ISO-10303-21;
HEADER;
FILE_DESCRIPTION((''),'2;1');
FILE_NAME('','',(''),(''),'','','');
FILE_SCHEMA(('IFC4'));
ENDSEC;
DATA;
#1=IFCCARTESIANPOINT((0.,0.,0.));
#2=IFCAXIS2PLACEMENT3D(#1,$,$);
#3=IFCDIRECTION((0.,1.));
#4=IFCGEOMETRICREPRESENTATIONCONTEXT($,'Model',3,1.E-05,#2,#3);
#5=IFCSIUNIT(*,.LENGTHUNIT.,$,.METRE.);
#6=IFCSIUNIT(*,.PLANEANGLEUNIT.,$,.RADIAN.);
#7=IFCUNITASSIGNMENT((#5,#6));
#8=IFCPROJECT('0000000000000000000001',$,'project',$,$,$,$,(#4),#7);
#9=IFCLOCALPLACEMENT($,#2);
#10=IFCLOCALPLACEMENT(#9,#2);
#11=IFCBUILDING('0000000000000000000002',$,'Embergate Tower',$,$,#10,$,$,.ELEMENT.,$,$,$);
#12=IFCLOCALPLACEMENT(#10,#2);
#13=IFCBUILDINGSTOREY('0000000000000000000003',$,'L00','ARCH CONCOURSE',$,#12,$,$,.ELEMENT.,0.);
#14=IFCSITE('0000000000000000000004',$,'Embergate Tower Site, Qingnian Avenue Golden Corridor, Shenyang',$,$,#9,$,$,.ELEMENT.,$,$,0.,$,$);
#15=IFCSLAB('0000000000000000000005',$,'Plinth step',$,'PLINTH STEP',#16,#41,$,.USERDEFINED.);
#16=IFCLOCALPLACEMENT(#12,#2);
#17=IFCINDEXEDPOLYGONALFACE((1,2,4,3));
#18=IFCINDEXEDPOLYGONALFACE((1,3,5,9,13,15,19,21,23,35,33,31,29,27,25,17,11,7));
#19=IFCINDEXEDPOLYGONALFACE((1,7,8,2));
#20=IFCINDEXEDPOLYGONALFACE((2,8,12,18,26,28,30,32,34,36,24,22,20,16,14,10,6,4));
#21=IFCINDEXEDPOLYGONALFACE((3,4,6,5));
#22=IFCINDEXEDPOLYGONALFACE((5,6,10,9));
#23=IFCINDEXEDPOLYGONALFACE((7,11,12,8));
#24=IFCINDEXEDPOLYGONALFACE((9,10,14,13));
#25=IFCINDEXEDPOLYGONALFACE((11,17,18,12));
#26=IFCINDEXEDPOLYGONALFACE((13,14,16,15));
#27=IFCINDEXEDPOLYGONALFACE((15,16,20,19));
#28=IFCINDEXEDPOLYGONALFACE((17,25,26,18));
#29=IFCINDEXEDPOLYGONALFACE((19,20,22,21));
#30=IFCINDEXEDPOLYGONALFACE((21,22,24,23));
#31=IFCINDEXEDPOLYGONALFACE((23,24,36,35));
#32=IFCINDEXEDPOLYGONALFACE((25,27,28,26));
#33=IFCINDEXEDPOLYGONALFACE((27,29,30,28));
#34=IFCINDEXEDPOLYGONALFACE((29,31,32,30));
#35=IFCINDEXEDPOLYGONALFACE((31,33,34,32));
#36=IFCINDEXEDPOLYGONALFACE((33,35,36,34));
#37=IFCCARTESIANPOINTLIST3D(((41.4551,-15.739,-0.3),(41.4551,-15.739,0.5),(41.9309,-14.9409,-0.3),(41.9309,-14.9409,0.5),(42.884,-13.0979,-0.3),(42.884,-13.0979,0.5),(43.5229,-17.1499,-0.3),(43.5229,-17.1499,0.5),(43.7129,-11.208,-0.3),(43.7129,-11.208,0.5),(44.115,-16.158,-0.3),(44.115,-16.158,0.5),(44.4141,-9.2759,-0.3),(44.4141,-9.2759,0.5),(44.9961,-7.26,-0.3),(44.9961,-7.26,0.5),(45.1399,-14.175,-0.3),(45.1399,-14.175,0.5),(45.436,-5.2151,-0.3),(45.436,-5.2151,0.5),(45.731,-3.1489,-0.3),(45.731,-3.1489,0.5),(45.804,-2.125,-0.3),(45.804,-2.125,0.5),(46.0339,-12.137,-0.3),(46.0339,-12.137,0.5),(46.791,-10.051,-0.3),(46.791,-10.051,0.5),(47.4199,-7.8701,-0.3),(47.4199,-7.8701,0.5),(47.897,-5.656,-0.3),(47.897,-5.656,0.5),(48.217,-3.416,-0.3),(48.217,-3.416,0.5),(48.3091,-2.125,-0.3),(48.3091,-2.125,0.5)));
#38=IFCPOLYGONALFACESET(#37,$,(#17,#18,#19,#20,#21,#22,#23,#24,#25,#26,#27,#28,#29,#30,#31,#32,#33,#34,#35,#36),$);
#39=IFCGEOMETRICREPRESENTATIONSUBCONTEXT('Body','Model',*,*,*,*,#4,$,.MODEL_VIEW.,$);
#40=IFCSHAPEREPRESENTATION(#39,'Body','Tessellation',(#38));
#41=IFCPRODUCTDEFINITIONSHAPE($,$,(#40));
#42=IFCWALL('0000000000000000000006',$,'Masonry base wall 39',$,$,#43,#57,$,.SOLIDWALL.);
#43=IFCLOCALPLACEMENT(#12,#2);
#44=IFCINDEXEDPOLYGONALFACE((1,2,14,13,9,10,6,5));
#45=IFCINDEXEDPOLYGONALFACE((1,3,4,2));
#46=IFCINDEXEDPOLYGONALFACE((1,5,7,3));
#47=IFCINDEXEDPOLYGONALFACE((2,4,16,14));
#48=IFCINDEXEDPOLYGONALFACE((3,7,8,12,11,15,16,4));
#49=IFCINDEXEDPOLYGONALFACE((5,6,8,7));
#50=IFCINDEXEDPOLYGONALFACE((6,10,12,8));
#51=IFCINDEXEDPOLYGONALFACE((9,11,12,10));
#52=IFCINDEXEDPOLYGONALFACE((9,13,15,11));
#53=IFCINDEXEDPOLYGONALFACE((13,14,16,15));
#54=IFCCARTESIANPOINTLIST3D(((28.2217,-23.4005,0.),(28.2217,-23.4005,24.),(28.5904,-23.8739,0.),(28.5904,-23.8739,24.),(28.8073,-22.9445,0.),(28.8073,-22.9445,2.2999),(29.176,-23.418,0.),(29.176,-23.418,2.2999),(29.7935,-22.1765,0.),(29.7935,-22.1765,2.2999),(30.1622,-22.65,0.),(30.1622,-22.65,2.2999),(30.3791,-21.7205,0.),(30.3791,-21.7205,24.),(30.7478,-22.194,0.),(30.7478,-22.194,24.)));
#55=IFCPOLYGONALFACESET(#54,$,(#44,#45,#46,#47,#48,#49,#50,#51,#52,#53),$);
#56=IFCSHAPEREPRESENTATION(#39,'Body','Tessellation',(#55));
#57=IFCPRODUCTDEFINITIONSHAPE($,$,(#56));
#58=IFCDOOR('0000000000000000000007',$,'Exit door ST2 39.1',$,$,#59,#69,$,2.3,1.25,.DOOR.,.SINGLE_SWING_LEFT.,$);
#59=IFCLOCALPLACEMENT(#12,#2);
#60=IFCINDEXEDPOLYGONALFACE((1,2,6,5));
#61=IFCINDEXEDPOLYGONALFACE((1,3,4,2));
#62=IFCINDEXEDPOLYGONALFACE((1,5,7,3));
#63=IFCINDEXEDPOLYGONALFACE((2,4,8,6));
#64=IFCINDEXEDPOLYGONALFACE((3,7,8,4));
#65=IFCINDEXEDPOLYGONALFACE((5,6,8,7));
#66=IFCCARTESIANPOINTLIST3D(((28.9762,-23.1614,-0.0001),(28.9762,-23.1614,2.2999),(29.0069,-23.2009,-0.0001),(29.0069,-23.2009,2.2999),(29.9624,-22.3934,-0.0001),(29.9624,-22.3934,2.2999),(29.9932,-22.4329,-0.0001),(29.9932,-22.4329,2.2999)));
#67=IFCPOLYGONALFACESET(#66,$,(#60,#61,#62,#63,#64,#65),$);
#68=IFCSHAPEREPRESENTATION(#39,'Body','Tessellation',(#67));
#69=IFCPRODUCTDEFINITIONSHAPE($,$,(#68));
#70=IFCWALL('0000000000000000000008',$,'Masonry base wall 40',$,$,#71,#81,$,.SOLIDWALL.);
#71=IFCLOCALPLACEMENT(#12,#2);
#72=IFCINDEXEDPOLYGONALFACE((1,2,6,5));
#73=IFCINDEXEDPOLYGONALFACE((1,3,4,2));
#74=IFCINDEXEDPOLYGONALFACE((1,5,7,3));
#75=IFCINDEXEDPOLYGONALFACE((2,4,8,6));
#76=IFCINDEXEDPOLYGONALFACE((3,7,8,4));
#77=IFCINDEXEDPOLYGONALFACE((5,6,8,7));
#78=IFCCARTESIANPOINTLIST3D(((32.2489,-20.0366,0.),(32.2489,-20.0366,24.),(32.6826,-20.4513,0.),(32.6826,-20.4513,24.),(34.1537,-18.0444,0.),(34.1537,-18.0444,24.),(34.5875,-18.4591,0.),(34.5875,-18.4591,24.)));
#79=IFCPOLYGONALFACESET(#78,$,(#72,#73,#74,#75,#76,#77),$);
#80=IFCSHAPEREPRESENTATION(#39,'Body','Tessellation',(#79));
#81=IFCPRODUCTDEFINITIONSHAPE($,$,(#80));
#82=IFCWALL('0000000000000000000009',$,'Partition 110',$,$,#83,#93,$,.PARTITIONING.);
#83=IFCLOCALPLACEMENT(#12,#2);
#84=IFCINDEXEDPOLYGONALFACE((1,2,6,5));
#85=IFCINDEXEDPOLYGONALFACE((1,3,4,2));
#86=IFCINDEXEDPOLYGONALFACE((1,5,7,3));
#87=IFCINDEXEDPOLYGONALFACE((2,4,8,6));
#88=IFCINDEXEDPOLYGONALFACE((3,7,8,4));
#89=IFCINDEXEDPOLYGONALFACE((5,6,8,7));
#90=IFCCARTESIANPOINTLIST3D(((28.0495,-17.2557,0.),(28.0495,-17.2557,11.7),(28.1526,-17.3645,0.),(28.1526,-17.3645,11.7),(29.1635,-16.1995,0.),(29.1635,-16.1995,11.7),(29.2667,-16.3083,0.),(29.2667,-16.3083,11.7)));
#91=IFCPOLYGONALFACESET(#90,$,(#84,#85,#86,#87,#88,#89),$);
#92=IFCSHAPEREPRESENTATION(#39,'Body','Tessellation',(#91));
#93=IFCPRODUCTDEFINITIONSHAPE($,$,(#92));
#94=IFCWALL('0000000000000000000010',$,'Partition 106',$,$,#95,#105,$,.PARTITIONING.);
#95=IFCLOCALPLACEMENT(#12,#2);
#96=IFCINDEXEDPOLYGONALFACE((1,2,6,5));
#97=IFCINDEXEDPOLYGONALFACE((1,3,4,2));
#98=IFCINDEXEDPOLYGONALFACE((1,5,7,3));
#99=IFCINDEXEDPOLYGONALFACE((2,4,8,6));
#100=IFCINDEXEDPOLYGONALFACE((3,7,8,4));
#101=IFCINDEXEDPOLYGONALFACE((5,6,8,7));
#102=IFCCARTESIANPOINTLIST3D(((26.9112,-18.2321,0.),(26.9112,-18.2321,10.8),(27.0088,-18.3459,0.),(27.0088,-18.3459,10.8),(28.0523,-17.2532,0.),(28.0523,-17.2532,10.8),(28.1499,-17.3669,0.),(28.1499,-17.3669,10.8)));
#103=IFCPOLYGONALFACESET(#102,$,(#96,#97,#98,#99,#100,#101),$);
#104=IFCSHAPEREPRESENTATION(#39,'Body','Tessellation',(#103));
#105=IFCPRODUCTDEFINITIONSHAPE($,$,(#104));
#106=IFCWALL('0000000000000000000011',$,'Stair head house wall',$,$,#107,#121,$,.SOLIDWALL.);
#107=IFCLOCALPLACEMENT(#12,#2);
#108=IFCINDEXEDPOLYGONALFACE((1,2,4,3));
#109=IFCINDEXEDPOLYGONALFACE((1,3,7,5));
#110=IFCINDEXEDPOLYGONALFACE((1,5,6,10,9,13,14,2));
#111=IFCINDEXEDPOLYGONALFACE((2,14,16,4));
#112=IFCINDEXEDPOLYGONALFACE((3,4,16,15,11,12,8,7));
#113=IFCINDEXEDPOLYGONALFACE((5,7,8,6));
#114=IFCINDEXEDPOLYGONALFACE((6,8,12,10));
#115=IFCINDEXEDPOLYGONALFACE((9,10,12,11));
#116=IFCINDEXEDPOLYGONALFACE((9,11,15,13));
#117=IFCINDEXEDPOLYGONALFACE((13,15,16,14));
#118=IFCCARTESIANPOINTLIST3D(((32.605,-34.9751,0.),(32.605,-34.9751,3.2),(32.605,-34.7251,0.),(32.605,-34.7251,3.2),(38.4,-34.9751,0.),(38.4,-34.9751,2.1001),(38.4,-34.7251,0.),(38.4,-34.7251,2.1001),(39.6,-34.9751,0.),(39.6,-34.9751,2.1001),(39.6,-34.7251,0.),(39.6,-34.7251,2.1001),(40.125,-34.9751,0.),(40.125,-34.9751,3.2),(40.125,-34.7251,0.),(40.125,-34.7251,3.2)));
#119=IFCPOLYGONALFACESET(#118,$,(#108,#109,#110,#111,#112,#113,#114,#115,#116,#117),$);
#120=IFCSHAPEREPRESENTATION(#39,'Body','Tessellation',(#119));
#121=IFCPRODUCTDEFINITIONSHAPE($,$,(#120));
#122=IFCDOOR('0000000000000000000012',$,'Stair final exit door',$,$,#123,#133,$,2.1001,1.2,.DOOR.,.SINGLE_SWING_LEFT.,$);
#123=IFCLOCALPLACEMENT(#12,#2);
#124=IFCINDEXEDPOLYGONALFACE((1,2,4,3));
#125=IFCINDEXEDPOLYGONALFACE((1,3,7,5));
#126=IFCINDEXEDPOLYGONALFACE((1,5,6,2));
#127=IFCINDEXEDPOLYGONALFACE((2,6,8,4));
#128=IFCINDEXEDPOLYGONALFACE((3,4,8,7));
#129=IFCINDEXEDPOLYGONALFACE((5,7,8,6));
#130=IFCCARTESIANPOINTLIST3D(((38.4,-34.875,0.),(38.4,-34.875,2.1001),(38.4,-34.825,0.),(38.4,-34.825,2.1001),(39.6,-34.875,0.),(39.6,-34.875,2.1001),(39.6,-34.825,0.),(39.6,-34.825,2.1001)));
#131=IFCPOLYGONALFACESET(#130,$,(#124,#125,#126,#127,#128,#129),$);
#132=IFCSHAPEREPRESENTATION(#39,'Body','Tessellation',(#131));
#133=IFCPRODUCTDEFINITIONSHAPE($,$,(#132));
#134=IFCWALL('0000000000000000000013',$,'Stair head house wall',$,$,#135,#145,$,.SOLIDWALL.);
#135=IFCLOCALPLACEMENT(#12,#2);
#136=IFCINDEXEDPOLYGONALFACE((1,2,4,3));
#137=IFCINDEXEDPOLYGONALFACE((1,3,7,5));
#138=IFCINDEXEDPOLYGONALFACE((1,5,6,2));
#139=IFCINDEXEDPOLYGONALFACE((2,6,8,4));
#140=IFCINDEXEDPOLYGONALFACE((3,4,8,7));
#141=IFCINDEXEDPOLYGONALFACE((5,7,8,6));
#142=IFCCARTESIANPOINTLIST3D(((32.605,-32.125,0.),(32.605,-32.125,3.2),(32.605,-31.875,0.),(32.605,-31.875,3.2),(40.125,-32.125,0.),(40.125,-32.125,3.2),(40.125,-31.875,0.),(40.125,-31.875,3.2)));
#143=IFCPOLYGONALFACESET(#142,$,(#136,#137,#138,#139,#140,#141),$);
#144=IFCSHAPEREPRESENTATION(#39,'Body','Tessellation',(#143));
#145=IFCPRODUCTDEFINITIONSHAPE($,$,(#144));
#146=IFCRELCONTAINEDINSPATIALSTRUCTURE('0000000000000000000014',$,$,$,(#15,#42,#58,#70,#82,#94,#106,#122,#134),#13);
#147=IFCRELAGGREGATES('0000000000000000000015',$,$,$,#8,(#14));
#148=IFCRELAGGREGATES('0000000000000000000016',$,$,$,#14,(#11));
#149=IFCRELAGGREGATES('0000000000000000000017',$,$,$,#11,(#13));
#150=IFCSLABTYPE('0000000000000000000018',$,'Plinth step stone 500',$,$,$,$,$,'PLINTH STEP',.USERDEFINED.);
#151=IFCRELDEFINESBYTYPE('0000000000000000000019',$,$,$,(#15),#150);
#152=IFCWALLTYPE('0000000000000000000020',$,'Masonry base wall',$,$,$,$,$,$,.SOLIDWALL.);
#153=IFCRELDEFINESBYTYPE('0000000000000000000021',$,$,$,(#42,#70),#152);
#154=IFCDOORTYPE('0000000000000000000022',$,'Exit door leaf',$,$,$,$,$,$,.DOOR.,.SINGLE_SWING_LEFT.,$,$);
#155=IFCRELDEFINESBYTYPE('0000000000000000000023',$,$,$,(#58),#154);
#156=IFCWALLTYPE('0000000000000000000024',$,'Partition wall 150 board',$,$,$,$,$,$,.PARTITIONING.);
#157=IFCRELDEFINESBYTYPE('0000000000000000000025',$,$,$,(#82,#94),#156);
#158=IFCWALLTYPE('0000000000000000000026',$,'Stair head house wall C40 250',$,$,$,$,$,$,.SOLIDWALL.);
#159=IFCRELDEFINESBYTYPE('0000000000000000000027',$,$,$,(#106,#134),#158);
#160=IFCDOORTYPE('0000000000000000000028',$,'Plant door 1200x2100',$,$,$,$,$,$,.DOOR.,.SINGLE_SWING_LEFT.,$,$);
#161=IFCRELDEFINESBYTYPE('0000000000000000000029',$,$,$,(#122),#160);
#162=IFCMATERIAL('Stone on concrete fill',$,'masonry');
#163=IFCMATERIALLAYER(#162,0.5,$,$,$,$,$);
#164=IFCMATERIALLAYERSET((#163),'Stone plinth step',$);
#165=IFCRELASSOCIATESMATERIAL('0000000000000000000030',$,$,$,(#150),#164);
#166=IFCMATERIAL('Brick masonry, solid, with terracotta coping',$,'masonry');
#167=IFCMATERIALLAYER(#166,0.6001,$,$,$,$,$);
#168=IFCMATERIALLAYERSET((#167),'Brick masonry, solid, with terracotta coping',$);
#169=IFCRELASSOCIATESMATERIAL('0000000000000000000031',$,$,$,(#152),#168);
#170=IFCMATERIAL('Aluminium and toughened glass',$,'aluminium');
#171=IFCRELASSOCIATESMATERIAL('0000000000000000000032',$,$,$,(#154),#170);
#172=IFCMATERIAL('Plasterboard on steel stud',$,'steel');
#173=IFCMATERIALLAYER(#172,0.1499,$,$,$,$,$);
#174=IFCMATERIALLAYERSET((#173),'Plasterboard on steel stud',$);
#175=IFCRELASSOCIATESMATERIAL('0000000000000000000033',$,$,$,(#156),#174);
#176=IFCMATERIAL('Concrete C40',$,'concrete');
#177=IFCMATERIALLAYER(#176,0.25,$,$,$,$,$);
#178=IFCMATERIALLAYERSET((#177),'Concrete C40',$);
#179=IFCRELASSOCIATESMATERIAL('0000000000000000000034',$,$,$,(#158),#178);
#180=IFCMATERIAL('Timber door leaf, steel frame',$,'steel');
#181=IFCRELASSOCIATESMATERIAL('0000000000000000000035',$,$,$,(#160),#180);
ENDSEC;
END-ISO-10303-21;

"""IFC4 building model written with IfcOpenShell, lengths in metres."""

from ifc_helpers import new_model, si_unit, direction, frame, frame_2d, origin, place, context, subcontext, project, spatial, polyline, rectangle, outline, extrude, source, transform, mapped, material, layer, layer_set, type_object, element, fill, save


model = new_model("IFC4")

# Units and contexts
model_context = context("Model", 3, precision=1e-05, world=origin(), true_north=direction((0.0, 1.0)))
body_context = subcontext(model_context, "Body", "Model", "MODEL_VIEW")
ifc_project = project(units=[si_unit("LENGTHUNIT", "METRE"), si_unit("PLANEANGLEUNIT", "RADIAN")], contexts=[model_context])

# Site, building, storey
site_placement = place(None, origin())
site = spatial("IfcSite", under=ifc_project, at=site_placement, Name="Embergate Tower Site, Qingnian Avenue Golden Corridor, Shenyang", CompositionType="ELEMENT", RefElevation=0.0)
building_placement = place(site_placement, origin())
building = spatial("IfcBuilding", under=site, at=building_placement, Name="Embergate Tower", CompositionType="ELEMENT")
storey_placement = place(building_placement, origin())
storey = spatial("IfcBuildingStorey", under=building, at=storey_placement, Name="L00", Description="ARCH CONCOURSE", CompositionType="ELEMENT", Elevation=0.0)

# Slab
ifc_material_1 = material(Name="Concrete C40", Category="concrete")
ifc_material_2 = material(Name="Stone on concrete fill", Category="masonry")
ifc_layer_1 = layer(ifc_material_2, 0.5)
ifc_layer_set_1 = layer_set([ifc_layer_1], Name="Stone plinth step")
slab_type_1 = type_object("IfcSlabType", Name="Plinth step stone 500", ElementType="PLINTH STEP", PredefinedType="USERDEFINED", material=ifc_layer_set_1)
shared_shape_1 = source(origin(), body_context, "Body", "SweptSolid", [
    extrude(outline(polyline([(0.0, 0.0), (-2.0679, 1.4109), (-1.592, 2.209), (-0.6389, 4.052), (0.1899, 5.9419), (0.8911, 7.874), (1.4731, 9.8899), (1.9131, 11.9348), (2.208, 14.001), (2.281, 15.0249), (4.7861, 15.0249), (4.6941, 13.7339), (4.374, 11.4939), (3.897, 9.2798), (3.2681, 7.0989), (2.511, 5.0129), (1.6169, 2.9749), (0.592, 0.9919), (0.0, 0.0)])), origin(), (0.0, 0.0, 1.0), 0.8),
])
slab_1_placement = place(storey_placement, frame((43.5229, -17.1499, -0.3)))
element("IfcSlab", 1, at=slab_1_placement, inside=storey, type_object=slab_type_1, Name="Plinth step", ObjectType="PLINTH STEP", PredefinedType="USERDEFINED", context=body_context, shape_type="MappedRepresentation", body=[
    mapped(shared_shape_1, transform((0.0, 0.0, 0.0))),
])

# Wall, opening, door
ifc_material_3 = material(Name="Brick masonry, solid, with terracotta coping", Category="masonry")
ifc_layer_2 = layer(ifc_material_3, 0.6001)
ifc_layer_set_2 = layer_set([ifc_layer_2], Name="Brick masonry, solid, with terracotta coping")
wall_type_1 = type_object("IfcWallType", Name="Masonry base wall", PredefinedType="SOLIDWALL", material=ifc_layer_set_2)
shared_shape_2 = source(origin(), body_context, "Body", "SweptSolid", [
    extrude(rectangle(XDim=2.7344, YDim=0.6001, at=frame_2d((1.3672, 0.0))), origin(), (0.0, 0.0, 1.0), 24.0),
])
wall_1_placement = place(storey_placement, frame((30.5635, -21.9573, 0.0), z_axis=(0.0, 0.0, 1.0), x_axis=(-0.789016, -0.614373, 0.0)))
wall_1 = element("IfcWall", 2, at=wall_1_placement, inside=storey, type_object=wall_type_1, Name="Masonry base wall 39", PredefinedType="SOLIDWALL", context=body_context, shape_type="MappedRepresentation", body=[
    mapped(shared_shape_2, transform((0.0, 0.0, 0.0))),
])
shared_shape_3 = source(origin(), body_context, "Body", "SweptSolid", [
    extrude(rectangle(XDim=1.25, YDim=2.3, at=frame_2d((0.625, 1.1499))), frame((0.0, 0.3101, 0.0), z_axis=(0.0, -1.0, 0.0), x_axis=(1.0, 0.0, 0.0)), (0.0, 0.0, 1.0), 0.6201),
])
opening_1_placement = place(wall_1_placement, frame((0.7422, 0.0, 0.0)))
opening_1 = element("IfcOpeningElement", 3, at=opening_1_placement, cuts=wall_1, PredefinedType="OPENING", context=body_context, shape_type="MappedRepresentation", body=[
    mapped(shared_shape_3, transform((0.0, 0.0, 0.0))),
])
ifc_material_4 = material(Name="Aluminium and toughened glass", Category="aluminium")
door_type_1 = type_object("IfcDoorType", Name="Exit door leaf", OperationType="SINGLE_SWING_LEFT", PredefinedType="DOOR", material=ifc_material_4)
shared_shape_4 = source(origin(), body_context, "Body", "SweptSolid", [
    extrude(rectangle(XDim=1.25, YDim=2.3, at=frame_2d((0.625, 1.1499))), frame((0.0, 0.0249, 0.0), z_axis=(0.0, -1.0, 0.0), x_axis=(1.0, 0.0, 0.0)), (0.0, 0.0, 1.0), 0.05),
])
door_1_placement = place(opening_1_placement, origin())
door_1 = element("IfcDoor", 4, at=door_1_placement, inside=storey, type_object=door_type_1, Name="Exit door ST2 39.1", OperationType="SINGLE_SWING_LEFT", OverallHeight=2.3, OverallWidth=1.25, PredefinedType="DOOR", context=body_context, shape_type="MappedRepresentation", body=[
    mapped(shared_shape_4, transform((0.0, 0.0, 0.0))),
])
fill(opening_1, door_1)

# Walls
shared_shape_5 = source(origin(), body_context, "Body", "SweptSolid", [
    extrude(rectangle(XDim=2.7563, YDim=0.6001, at=frame_2d((1.3782, 0.0))), origin(), (0.0, 0.0, 1.0), 24.0),
])
wall_2_placement = place(storey_placement, frame((34.3706, -18.2517, 0.0), z_axis=(0.0, 0.0, 1.0), x_axis=(-0.691074, -0.722784, 0.0)))
element("IfcWall", 5, at=wall_2_placement, inside=storey, type_object=wall_type_1, Name="Masonry base wall 40", PredefinedType="SOLIDWALL", context=body_context, shape_type="MappedRepresentation", body=[
    mapped(shared_shape_5, transform((0.0, 0.0, 0.0))),
])
ifc_material_5 = material(Name="Plasterboard on steel stud", Category="steel")
ifc_layer_3 = layer(ifc_material_5, 0.1499)
ifc_layer_set_3 = layer_set([ifc_layer_3], Name="Plasterboard on steel stud")
wall_type_2 = type_object("IfcWallType", Name="Partition wall 150 board", PredefinedType="PARTITIONING", material=ifc_layer_set_3)
shared_shape_6 = source(origin(), body_context, "Body", "SweptSolid", [
    extrude(rectangle(XDim=1.5352, YDim=0.1499, at=frame_2d((0.7676, 0.0))), origin(), (0.0, 0.0, 1.0), 11.7),
])
wall_3_placement = place(storey_placement, frame((29.2151, -16.2539, 0.0), z_axis=(0.0, 0.0, 1.0), x_axis=(-0.725702, -0.688009, 0.0)))
element("IfcWall", 6, at=wall_3_placement, inside=storey, type_object=wall_type_2, Name="Partition 110", PredefinedType="PARTITIONING", context=body_context, shape_type="MappedRepresentation", body=[
    mapped(shared_shape_6, transform((0.0, 0.0, 0.0))),
])
shared_shape_7 = source(origin(), body_context, "Body", "SweptSolid", [
    extrude(rectangle(XDim=1.5034, YDim=0.1499, at=frame_2d((0.7517, 0.0))), origin(), (0.0, 0.0, 1.0), 10.8),
])
wall_4_placement = place(storey_placement, frame((28.1011, -17.3101, 0.0), z_axis=(0.0, 0.0, 1.0), x_axis=(-0.758959, -0.651139, 0.0)))
element("IfcWall", 7, at=wall_4_placement, inside=storey, type_object=wall_type_2, Name="Partition 106", PredefinedType="PARTITIONING", context=body_context, shape_type="MappedRepresentation", body=[
    mapped(shared_shape_7, transform((0.0, 0.0, 0.0))),
])

# Wall, opening, door
ifc_layer_4 = layer(ifc_material_1, 0.25)
ifc_layer_set_4 = layer_set([ifc_layer_4], Name="Concrete C40")
wall_type_3 = type_object("IfcWallType", Name="Stair head house wall C40 250", PredefinedType="SOLIDWALL", material=ifc_layer_set_4)
shared_shape_8 = source(origin(), body_context, "Body", "SweptSolid", [
    extrude(rectangle(XDim=7.52, YDim=0.25, at=frame_2d((3.76, 0.0))), origin(), (0.0, 0.0, 1.0), 3.2),
])
wall_5_placement = place(storey_placement, frame((40.125, -34.8501, 0.0), z_axis=(0.0, 0.0, 1.0), x_axis=(-1.0, 0.0, 0.0)))
wall_5 = element("IfcWall", 8, at=wall_5_placement, inside=storey, type_object=wall_type_3, Name="Stair head house wall", PredefinedType="SOLIDWALL", context=body_context, shape_type="MappedRepresentation", body=[
    mapped(shared_shape_8, transform((0.0, 0.0, 0.0))),
])
shared_shape_9 = source(origin(), body_context, "Body", "SweptSolid", [
    extrude(rectangle(XDim=1.2, YDim=2.1001, at=frame_2d((0.6001, 1.05))), frame((0.0, 0.135, 0.0), z_axis=(0.0, -1.0, 0.0), x_axis=(1.0, 0.0, 0.0)), (0.0, 0.0, 1.0), 0.27),
])
opening_2_placement = place(wall_5_placement, frame((0.5249, 0.0, 0.0)))
opening_2 = element("IfcOpeningElement", 9, at=opening_2_placement, cuts=wall_5, PredefinedType="OPENING", context=body_context, shape_type="MappedRepresentation", body=[
    mapped(shared_shape_9, transform((0.0, 0.0, 0.0))),
])
ifc_material_6 = material(Name="Timber door leaf, steel frame", Category="steel")
door_type_2 = type_object("IfcDoorType", Name="Plant door 1200x2100", OperationType="SINGLE_SWING_LEFT", PredefinedType="DOOR", material=ifc_material_6)
shared_shape_10 = source(origin(), body_context, "Body", "SweptSolid", [
    extrude(rectangle(XDim=1.2, YDim=2.1001, at=frame_2d((0.6001, 1.05))), frame((0.0, 0.0249, 0.0), z_axis=(0.0, -1.0, 0.0), x_axis=(1.0, 0.0, 0.0)), (0.0, 0.0, 1.0), 0.05),
])
door_2_placement = place(opening_2_placement, origin())
door_2 = element("IfcDoor", 10, at=door_2_placement, inside=storey, type_object=door_type_2, Name="Stair final exit door", OperationType="SINGLE_SWING_LEFT", OverallHeight=2.1001, OverallWidth=1.2, PredefinedType="DOOR", context=body_context, shape_type="MappedRepresentation", body=[
    mapped(shared_shape_10, transform((0.0, 0.0, 0.0))),
])
fill(opening_2, door_2)

# Wall
wall_6_placement = place(storey_placement, frame((40.125, -32.0, 0.0), z_axis=(0.0, 0.0, 1.0), x_axis=(-1.0, 0.0, 0.0)))
element("IfcWall", 11, at=wall_6_placement, inside=storey, type_object=wall_type_3, Name="Stair head house wall", PredefinedType="SOLIDWALL", context=body_context, shape_type="MappedRepresentation", body=[
    mapped(shared_shape_8, transform((0.0, 0.0, 0.0))),
])

save(model, "model.ifc")
